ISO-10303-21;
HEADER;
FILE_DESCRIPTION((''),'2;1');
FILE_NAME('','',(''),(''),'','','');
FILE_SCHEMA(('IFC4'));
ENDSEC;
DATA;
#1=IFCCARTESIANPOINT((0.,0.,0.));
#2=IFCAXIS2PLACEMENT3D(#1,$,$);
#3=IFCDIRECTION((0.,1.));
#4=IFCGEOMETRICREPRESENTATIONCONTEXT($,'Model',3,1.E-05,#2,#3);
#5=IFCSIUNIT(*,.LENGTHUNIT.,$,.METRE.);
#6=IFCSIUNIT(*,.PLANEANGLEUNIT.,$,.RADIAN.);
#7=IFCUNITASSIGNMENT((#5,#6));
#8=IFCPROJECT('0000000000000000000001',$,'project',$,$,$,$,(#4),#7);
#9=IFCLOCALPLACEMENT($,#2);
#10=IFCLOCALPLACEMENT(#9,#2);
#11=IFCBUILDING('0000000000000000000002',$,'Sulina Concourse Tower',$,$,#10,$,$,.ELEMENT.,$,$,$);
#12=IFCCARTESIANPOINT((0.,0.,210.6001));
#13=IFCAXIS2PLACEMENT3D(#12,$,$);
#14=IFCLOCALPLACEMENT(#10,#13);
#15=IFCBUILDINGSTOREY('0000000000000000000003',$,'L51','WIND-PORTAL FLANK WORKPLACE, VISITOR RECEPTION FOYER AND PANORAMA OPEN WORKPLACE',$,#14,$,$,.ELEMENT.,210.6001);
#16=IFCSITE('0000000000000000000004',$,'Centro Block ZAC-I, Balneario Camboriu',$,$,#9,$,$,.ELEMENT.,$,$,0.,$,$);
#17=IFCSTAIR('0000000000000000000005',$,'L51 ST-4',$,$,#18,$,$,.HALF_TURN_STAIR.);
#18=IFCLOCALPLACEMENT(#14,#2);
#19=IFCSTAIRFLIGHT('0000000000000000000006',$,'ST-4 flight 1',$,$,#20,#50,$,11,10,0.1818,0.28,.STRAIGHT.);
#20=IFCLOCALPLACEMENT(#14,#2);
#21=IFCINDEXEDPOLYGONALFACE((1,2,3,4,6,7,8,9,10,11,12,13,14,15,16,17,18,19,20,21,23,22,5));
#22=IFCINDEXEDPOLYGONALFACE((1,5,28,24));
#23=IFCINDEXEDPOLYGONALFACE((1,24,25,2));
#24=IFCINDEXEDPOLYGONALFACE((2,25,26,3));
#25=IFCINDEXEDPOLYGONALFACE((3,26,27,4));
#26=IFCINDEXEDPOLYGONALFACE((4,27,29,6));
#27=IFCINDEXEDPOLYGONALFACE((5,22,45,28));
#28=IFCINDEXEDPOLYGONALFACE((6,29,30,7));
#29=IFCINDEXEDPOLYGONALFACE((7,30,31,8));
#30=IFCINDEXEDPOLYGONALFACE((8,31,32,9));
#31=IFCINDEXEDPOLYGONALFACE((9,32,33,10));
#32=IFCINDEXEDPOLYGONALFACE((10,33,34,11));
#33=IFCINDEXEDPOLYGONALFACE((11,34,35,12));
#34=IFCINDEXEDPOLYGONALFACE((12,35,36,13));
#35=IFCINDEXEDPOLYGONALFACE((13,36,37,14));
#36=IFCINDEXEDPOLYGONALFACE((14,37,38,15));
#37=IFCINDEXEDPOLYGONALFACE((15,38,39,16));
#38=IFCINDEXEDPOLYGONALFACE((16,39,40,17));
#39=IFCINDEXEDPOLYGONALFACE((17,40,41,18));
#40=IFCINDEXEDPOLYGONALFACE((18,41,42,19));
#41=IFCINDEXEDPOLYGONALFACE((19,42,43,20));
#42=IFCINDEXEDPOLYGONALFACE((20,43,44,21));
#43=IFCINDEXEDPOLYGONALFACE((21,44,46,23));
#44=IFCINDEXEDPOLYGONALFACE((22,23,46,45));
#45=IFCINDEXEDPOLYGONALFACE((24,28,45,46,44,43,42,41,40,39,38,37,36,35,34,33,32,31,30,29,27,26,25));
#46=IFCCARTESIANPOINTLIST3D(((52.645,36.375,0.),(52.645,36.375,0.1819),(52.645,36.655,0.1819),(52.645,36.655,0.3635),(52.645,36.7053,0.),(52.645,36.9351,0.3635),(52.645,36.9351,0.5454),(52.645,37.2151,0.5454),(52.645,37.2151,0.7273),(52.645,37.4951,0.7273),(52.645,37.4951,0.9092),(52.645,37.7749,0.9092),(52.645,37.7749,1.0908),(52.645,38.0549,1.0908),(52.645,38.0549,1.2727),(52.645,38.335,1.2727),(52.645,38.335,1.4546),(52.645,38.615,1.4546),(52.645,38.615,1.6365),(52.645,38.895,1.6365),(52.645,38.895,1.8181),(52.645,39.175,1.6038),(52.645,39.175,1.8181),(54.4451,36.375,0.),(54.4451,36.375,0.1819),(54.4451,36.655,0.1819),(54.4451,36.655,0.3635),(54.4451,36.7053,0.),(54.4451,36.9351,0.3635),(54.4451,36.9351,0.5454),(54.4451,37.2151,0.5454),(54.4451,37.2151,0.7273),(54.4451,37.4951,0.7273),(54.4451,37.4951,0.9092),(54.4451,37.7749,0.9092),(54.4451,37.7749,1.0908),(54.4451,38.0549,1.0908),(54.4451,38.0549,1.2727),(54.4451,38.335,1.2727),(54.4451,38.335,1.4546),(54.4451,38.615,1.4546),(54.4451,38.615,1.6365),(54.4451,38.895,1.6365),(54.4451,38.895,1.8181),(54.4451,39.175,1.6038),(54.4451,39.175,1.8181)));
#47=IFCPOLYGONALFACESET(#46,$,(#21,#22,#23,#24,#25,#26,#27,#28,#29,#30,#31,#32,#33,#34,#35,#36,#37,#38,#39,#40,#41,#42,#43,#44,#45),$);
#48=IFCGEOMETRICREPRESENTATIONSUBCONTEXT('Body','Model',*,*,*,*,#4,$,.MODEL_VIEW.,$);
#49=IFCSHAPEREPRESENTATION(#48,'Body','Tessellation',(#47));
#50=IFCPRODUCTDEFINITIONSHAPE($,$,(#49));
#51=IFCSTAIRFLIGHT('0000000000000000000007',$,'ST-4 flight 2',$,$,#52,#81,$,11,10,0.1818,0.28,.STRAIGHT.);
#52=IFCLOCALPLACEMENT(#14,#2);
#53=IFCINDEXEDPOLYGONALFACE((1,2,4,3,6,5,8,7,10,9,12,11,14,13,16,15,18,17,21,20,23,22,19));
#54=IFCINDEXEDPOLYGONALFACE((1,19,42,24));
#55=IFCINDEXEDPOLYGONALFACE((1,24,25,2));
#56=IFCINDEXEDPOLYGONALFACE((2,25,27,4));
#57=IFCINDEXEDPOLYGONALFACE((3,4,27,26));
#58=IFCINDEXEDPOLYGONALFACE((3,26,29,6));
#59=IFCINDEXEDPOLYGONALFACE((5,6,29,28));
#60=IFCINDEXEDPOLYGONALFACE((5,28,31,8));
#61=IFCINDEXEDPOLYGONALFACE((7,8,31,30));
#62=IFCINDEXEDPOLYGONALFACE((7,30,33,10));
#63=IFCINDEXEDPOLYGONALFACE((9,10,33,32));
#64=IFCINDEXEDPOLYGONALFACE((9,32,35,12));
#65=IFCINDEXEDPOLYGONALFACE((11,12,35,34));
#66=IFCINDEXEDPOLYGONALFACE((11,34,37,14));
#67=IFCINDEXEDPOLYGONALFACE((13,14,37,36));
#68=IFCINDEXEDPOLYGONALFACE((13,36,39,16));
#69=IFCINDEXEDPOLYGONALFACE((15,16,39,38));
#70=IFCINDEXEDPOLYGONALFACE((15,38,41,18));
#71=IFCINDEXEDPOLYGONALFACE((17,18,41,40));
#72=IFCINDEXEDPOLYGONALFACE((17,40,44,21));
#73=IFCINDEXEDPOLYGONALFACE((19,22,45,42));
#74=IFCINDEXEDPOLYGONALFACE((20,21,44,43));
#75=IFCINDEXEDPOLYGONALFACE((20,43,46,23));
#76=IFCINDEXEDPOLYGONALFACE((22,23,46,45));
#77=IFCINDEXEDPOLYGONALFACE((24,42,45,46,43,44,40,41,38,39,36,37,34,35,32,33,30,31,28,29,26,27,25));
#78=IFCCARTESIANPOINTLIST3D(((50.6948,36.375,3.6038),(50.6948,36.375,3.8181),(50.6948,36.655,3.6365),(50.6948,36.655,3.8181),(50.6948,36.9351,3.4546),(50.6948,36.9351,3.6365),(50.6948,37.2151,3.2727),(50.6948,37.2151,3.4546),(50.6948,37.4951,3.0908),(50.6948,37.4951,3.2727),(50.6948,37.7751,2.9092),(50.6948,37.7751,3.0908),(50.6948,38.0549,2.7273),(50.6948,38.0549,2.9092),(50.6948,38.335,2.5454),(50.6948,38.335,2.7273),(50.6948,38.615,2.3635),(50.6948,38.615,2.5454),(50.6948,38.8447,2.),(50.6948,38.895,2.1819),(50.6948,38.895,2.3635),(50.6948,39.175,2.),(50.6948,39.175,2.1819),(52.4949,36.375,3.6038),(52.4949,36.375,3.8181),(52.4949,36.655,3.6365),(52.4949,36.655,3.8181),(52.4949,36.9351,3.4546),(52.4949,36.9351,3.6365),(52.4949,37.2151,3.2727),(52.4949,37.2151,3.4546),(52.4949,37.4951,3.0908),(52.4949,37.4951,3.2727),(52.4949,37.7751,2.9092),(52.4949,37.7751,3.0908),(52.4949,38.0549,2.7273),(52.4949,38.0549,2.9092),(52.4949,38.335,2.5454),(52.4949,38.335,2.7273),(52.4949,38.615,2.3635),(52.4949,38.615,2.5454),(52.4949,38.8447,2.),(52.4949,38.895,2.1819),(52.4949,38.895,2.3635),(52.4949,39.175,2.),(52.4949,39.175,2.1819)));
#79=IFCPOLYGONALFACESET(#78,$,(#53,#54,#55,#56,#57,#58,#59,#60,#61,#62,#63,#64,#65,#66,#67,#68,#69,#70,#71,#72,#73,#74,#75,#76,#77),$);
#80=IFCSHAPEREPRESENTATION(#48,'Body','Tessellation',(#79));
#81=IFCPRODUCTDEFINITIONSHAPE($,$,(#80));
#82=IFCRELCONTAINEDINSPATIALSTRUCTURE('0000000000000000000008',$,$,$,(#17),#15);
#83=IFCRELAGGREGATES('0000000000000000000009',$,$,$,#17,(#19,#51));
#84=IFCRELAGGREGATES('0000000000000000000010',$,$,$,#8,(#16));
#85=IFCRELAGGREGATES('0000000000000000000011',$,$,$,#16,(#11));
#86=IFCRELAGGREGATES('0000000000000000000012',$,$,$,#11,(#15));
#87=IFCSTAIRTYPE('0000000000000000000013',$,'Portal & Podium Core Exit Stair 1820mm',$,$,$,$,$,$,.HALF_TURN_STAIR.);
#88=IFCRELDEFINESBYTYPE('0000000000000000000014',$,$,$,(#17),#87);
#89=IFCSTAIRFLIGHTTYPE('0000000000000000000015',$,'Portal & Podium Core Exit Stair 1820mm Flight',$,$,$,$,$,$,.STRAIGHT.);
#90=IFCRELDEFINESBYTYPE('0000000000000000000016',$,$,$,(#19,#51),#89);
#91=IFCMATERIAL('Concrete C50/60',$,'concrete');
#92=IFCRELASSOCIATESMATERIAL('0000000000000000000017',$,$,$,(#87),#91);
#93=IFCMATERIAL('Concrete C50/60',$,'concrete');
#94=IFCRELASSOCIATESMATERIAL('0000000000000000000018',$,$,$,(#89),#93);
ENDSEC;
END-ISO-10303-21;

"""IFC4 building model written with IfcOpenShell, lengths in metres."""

from ifc_helpers import new_model, si_unit, direction, frame, origin, place, context, subcontext, project, spatial, polyline, outline, extrude, material, type_object, element, aggregate, save


model = new_model("IFC4")

# Units and contexts
model_context = context("Model", 3, precision=1e-05, world=origin(), true_north=direction((0.0, 1.0)))
body_context = subcontext(model_context, "Body", "Model", "MODEL_VIEW")
ifc_project = project(units=[si_unit("LENGTHUNIT", "METRE"), si_unit("PLANEANGLEUNIT", "RADIAN")], contexts=[model_context])

# Site, building, storey
site_placement = place(None, origin())
site = spatial("IfcSite", under=ifc_project, at=site_placement, Name="Centro Block ZAC-I, Balneario Camboriu", CompositionType="ELEMENT", RefElevation=0.0)
building_placement = place(site_placement, origin())
building = spatial("IfcBuilding", under=site, at=building_placement, Name="Sulina Concourse Tower", CompositionType="ELEMENT")
storey_placement = place(building_placement, frame((0.0, 0.0, 210.6001)))
storey = spatial("IfcBuildingStorey", under=building, at=storey_placement, Name="L51", Description="WIND-PORTAL FLANK WORKPLACE, VISITOR RECEPTION FOYER AND PANORAMA OPEN WORKPLACE", CompositionType="ELEMENT", Elevation=210.6001)

# Stair, stair flights
ifc_material_1 = material(Name="Concrete C50/60", Category="concrete")
stair_type = type_object("IfcStairType", Name="Portal & Podium Core Exit Stair 1820mm", PredefinedType="HALF_TURN_STAIR", material=ifc_material_1)
stair_placement = place(storey_placement, origin())
stair = element("IfcStair", 1, at=stair_placement, inside=storey, type_object=stair_type, Name="L51 ST-4", PredefinedType="HALF_TURN_STAIR")
ifc_material_2 = material(Name="Concrete C50/60", Category="concrete")
stair_flight_type = type_object("IfcStairFlightType", Name="Portal & Podium Core Exit Stair 1820mm Flight", PredefinedType="STRAIGHT", material=ifc_material_2)
stair_flight_1_placement = place(storey_placement, frame((53.5449, 36.375, 0.0), z_axis=(0.0, 0.0, 1.0), x_axis=(0.0, 1.0, 0.0)))
stair_flight_1 = element("IfcStairFlight", 2, at=stair_flight_1_placement, type_object=stair_flight_type, Name="ST-4 flight 1", NumberOfRisers=11, NumberOfTreads=10, PredefinedType="STRAIGHT", RiserHeight=0.1818, TreadLength=0.28, context=body_context, shape_type="SweptSolid", body=[
    extrude(outline(polyline([(0.0, 0.0), (0.0, 0.1819), (0.28, 0.1819), (0.28, 0.3635), (0.5601, 0.3635), (0.5601, 0.5454), (0.8401, 0.5454), (0.8401, 0.7273), (1.1201, 0.7273), (1.1201, 0.9092), (1.3999, 0.9092), (1.3999, 1.0908), (1.6799, 1.0908), (1.6799, 1.2727), (1.96, 1.2727), (1.96, 1.4546), (2.24, 1.4546), (2.24, 1.6365), (2.52, 1.6365), (2.52, 1.8181), (2.8, 1.8181), (2.8, 2.0), (2.8, 1.6038), (0.3303, 0.0), (0.0, 0.0)])), frame((0.0, 0.8999, 0.0), z_axis=(0.0, -1.0, 0.0), x_axis=(1.0, 0.0, 0.0)), (0.0, 0.0, 1.0), 1.8),
])
stair_flight_2_placement = place(storey_placement, frame((51.595, 39.175, 2.0), z_axis=(0.0, 0.0, 1.0), x_axis=(0.0, -1.0, 0.0)))
stair_flight_2 = element("IfcStairFlight", 3, at=stair_flight_2_placement, type_object=stair_flight_type, Name="ST-4 flight 2", NumberOfRisers=11, NumberOfTreads=10, PredefinedType="STRAIGHT", RiserHeight=0.1818, TreadLength=0.28, context=body_context, shape_type="SweptSolid", body=[
    extrude(outline(polyline([(0.0, 0.0), (0.0, 0.1819), (0.28, 0.1819), (0.28, 0.3635), (0.5601, 0.3635), (0.5601, 0.5454), (0.8401, 0.5454), (0.8401, 0.7273), (1.1201, 0.7273), (1.1201, 0.9092), (1.3999, 0.9092), (1.3999, 1.0908), (1.6799, 1.0908), (1.6799, 1.2727), (1.96, 1.2727), (1.96, 1.4546), (2.24, 1.4546), (2.24, 1.6365), (2.52, 1.6365), (2.52, 1.8181), (2.8, 1.8181), (2.8, 2.0), (2.8, 1.6038), (0.3303, 0.0), (0.0, 0.0)])), frame((0.0, 0.8999, 0.0), z_axis=(0.0, -1.0, 0.0), x_axis=(1.0, 0.0, 0.0)), (0.0, 0.0, 1.0), 1.8),
])
aggregate(stair, [stair_flight_1, stair_flight_2])

save(model, "model.ifc")
